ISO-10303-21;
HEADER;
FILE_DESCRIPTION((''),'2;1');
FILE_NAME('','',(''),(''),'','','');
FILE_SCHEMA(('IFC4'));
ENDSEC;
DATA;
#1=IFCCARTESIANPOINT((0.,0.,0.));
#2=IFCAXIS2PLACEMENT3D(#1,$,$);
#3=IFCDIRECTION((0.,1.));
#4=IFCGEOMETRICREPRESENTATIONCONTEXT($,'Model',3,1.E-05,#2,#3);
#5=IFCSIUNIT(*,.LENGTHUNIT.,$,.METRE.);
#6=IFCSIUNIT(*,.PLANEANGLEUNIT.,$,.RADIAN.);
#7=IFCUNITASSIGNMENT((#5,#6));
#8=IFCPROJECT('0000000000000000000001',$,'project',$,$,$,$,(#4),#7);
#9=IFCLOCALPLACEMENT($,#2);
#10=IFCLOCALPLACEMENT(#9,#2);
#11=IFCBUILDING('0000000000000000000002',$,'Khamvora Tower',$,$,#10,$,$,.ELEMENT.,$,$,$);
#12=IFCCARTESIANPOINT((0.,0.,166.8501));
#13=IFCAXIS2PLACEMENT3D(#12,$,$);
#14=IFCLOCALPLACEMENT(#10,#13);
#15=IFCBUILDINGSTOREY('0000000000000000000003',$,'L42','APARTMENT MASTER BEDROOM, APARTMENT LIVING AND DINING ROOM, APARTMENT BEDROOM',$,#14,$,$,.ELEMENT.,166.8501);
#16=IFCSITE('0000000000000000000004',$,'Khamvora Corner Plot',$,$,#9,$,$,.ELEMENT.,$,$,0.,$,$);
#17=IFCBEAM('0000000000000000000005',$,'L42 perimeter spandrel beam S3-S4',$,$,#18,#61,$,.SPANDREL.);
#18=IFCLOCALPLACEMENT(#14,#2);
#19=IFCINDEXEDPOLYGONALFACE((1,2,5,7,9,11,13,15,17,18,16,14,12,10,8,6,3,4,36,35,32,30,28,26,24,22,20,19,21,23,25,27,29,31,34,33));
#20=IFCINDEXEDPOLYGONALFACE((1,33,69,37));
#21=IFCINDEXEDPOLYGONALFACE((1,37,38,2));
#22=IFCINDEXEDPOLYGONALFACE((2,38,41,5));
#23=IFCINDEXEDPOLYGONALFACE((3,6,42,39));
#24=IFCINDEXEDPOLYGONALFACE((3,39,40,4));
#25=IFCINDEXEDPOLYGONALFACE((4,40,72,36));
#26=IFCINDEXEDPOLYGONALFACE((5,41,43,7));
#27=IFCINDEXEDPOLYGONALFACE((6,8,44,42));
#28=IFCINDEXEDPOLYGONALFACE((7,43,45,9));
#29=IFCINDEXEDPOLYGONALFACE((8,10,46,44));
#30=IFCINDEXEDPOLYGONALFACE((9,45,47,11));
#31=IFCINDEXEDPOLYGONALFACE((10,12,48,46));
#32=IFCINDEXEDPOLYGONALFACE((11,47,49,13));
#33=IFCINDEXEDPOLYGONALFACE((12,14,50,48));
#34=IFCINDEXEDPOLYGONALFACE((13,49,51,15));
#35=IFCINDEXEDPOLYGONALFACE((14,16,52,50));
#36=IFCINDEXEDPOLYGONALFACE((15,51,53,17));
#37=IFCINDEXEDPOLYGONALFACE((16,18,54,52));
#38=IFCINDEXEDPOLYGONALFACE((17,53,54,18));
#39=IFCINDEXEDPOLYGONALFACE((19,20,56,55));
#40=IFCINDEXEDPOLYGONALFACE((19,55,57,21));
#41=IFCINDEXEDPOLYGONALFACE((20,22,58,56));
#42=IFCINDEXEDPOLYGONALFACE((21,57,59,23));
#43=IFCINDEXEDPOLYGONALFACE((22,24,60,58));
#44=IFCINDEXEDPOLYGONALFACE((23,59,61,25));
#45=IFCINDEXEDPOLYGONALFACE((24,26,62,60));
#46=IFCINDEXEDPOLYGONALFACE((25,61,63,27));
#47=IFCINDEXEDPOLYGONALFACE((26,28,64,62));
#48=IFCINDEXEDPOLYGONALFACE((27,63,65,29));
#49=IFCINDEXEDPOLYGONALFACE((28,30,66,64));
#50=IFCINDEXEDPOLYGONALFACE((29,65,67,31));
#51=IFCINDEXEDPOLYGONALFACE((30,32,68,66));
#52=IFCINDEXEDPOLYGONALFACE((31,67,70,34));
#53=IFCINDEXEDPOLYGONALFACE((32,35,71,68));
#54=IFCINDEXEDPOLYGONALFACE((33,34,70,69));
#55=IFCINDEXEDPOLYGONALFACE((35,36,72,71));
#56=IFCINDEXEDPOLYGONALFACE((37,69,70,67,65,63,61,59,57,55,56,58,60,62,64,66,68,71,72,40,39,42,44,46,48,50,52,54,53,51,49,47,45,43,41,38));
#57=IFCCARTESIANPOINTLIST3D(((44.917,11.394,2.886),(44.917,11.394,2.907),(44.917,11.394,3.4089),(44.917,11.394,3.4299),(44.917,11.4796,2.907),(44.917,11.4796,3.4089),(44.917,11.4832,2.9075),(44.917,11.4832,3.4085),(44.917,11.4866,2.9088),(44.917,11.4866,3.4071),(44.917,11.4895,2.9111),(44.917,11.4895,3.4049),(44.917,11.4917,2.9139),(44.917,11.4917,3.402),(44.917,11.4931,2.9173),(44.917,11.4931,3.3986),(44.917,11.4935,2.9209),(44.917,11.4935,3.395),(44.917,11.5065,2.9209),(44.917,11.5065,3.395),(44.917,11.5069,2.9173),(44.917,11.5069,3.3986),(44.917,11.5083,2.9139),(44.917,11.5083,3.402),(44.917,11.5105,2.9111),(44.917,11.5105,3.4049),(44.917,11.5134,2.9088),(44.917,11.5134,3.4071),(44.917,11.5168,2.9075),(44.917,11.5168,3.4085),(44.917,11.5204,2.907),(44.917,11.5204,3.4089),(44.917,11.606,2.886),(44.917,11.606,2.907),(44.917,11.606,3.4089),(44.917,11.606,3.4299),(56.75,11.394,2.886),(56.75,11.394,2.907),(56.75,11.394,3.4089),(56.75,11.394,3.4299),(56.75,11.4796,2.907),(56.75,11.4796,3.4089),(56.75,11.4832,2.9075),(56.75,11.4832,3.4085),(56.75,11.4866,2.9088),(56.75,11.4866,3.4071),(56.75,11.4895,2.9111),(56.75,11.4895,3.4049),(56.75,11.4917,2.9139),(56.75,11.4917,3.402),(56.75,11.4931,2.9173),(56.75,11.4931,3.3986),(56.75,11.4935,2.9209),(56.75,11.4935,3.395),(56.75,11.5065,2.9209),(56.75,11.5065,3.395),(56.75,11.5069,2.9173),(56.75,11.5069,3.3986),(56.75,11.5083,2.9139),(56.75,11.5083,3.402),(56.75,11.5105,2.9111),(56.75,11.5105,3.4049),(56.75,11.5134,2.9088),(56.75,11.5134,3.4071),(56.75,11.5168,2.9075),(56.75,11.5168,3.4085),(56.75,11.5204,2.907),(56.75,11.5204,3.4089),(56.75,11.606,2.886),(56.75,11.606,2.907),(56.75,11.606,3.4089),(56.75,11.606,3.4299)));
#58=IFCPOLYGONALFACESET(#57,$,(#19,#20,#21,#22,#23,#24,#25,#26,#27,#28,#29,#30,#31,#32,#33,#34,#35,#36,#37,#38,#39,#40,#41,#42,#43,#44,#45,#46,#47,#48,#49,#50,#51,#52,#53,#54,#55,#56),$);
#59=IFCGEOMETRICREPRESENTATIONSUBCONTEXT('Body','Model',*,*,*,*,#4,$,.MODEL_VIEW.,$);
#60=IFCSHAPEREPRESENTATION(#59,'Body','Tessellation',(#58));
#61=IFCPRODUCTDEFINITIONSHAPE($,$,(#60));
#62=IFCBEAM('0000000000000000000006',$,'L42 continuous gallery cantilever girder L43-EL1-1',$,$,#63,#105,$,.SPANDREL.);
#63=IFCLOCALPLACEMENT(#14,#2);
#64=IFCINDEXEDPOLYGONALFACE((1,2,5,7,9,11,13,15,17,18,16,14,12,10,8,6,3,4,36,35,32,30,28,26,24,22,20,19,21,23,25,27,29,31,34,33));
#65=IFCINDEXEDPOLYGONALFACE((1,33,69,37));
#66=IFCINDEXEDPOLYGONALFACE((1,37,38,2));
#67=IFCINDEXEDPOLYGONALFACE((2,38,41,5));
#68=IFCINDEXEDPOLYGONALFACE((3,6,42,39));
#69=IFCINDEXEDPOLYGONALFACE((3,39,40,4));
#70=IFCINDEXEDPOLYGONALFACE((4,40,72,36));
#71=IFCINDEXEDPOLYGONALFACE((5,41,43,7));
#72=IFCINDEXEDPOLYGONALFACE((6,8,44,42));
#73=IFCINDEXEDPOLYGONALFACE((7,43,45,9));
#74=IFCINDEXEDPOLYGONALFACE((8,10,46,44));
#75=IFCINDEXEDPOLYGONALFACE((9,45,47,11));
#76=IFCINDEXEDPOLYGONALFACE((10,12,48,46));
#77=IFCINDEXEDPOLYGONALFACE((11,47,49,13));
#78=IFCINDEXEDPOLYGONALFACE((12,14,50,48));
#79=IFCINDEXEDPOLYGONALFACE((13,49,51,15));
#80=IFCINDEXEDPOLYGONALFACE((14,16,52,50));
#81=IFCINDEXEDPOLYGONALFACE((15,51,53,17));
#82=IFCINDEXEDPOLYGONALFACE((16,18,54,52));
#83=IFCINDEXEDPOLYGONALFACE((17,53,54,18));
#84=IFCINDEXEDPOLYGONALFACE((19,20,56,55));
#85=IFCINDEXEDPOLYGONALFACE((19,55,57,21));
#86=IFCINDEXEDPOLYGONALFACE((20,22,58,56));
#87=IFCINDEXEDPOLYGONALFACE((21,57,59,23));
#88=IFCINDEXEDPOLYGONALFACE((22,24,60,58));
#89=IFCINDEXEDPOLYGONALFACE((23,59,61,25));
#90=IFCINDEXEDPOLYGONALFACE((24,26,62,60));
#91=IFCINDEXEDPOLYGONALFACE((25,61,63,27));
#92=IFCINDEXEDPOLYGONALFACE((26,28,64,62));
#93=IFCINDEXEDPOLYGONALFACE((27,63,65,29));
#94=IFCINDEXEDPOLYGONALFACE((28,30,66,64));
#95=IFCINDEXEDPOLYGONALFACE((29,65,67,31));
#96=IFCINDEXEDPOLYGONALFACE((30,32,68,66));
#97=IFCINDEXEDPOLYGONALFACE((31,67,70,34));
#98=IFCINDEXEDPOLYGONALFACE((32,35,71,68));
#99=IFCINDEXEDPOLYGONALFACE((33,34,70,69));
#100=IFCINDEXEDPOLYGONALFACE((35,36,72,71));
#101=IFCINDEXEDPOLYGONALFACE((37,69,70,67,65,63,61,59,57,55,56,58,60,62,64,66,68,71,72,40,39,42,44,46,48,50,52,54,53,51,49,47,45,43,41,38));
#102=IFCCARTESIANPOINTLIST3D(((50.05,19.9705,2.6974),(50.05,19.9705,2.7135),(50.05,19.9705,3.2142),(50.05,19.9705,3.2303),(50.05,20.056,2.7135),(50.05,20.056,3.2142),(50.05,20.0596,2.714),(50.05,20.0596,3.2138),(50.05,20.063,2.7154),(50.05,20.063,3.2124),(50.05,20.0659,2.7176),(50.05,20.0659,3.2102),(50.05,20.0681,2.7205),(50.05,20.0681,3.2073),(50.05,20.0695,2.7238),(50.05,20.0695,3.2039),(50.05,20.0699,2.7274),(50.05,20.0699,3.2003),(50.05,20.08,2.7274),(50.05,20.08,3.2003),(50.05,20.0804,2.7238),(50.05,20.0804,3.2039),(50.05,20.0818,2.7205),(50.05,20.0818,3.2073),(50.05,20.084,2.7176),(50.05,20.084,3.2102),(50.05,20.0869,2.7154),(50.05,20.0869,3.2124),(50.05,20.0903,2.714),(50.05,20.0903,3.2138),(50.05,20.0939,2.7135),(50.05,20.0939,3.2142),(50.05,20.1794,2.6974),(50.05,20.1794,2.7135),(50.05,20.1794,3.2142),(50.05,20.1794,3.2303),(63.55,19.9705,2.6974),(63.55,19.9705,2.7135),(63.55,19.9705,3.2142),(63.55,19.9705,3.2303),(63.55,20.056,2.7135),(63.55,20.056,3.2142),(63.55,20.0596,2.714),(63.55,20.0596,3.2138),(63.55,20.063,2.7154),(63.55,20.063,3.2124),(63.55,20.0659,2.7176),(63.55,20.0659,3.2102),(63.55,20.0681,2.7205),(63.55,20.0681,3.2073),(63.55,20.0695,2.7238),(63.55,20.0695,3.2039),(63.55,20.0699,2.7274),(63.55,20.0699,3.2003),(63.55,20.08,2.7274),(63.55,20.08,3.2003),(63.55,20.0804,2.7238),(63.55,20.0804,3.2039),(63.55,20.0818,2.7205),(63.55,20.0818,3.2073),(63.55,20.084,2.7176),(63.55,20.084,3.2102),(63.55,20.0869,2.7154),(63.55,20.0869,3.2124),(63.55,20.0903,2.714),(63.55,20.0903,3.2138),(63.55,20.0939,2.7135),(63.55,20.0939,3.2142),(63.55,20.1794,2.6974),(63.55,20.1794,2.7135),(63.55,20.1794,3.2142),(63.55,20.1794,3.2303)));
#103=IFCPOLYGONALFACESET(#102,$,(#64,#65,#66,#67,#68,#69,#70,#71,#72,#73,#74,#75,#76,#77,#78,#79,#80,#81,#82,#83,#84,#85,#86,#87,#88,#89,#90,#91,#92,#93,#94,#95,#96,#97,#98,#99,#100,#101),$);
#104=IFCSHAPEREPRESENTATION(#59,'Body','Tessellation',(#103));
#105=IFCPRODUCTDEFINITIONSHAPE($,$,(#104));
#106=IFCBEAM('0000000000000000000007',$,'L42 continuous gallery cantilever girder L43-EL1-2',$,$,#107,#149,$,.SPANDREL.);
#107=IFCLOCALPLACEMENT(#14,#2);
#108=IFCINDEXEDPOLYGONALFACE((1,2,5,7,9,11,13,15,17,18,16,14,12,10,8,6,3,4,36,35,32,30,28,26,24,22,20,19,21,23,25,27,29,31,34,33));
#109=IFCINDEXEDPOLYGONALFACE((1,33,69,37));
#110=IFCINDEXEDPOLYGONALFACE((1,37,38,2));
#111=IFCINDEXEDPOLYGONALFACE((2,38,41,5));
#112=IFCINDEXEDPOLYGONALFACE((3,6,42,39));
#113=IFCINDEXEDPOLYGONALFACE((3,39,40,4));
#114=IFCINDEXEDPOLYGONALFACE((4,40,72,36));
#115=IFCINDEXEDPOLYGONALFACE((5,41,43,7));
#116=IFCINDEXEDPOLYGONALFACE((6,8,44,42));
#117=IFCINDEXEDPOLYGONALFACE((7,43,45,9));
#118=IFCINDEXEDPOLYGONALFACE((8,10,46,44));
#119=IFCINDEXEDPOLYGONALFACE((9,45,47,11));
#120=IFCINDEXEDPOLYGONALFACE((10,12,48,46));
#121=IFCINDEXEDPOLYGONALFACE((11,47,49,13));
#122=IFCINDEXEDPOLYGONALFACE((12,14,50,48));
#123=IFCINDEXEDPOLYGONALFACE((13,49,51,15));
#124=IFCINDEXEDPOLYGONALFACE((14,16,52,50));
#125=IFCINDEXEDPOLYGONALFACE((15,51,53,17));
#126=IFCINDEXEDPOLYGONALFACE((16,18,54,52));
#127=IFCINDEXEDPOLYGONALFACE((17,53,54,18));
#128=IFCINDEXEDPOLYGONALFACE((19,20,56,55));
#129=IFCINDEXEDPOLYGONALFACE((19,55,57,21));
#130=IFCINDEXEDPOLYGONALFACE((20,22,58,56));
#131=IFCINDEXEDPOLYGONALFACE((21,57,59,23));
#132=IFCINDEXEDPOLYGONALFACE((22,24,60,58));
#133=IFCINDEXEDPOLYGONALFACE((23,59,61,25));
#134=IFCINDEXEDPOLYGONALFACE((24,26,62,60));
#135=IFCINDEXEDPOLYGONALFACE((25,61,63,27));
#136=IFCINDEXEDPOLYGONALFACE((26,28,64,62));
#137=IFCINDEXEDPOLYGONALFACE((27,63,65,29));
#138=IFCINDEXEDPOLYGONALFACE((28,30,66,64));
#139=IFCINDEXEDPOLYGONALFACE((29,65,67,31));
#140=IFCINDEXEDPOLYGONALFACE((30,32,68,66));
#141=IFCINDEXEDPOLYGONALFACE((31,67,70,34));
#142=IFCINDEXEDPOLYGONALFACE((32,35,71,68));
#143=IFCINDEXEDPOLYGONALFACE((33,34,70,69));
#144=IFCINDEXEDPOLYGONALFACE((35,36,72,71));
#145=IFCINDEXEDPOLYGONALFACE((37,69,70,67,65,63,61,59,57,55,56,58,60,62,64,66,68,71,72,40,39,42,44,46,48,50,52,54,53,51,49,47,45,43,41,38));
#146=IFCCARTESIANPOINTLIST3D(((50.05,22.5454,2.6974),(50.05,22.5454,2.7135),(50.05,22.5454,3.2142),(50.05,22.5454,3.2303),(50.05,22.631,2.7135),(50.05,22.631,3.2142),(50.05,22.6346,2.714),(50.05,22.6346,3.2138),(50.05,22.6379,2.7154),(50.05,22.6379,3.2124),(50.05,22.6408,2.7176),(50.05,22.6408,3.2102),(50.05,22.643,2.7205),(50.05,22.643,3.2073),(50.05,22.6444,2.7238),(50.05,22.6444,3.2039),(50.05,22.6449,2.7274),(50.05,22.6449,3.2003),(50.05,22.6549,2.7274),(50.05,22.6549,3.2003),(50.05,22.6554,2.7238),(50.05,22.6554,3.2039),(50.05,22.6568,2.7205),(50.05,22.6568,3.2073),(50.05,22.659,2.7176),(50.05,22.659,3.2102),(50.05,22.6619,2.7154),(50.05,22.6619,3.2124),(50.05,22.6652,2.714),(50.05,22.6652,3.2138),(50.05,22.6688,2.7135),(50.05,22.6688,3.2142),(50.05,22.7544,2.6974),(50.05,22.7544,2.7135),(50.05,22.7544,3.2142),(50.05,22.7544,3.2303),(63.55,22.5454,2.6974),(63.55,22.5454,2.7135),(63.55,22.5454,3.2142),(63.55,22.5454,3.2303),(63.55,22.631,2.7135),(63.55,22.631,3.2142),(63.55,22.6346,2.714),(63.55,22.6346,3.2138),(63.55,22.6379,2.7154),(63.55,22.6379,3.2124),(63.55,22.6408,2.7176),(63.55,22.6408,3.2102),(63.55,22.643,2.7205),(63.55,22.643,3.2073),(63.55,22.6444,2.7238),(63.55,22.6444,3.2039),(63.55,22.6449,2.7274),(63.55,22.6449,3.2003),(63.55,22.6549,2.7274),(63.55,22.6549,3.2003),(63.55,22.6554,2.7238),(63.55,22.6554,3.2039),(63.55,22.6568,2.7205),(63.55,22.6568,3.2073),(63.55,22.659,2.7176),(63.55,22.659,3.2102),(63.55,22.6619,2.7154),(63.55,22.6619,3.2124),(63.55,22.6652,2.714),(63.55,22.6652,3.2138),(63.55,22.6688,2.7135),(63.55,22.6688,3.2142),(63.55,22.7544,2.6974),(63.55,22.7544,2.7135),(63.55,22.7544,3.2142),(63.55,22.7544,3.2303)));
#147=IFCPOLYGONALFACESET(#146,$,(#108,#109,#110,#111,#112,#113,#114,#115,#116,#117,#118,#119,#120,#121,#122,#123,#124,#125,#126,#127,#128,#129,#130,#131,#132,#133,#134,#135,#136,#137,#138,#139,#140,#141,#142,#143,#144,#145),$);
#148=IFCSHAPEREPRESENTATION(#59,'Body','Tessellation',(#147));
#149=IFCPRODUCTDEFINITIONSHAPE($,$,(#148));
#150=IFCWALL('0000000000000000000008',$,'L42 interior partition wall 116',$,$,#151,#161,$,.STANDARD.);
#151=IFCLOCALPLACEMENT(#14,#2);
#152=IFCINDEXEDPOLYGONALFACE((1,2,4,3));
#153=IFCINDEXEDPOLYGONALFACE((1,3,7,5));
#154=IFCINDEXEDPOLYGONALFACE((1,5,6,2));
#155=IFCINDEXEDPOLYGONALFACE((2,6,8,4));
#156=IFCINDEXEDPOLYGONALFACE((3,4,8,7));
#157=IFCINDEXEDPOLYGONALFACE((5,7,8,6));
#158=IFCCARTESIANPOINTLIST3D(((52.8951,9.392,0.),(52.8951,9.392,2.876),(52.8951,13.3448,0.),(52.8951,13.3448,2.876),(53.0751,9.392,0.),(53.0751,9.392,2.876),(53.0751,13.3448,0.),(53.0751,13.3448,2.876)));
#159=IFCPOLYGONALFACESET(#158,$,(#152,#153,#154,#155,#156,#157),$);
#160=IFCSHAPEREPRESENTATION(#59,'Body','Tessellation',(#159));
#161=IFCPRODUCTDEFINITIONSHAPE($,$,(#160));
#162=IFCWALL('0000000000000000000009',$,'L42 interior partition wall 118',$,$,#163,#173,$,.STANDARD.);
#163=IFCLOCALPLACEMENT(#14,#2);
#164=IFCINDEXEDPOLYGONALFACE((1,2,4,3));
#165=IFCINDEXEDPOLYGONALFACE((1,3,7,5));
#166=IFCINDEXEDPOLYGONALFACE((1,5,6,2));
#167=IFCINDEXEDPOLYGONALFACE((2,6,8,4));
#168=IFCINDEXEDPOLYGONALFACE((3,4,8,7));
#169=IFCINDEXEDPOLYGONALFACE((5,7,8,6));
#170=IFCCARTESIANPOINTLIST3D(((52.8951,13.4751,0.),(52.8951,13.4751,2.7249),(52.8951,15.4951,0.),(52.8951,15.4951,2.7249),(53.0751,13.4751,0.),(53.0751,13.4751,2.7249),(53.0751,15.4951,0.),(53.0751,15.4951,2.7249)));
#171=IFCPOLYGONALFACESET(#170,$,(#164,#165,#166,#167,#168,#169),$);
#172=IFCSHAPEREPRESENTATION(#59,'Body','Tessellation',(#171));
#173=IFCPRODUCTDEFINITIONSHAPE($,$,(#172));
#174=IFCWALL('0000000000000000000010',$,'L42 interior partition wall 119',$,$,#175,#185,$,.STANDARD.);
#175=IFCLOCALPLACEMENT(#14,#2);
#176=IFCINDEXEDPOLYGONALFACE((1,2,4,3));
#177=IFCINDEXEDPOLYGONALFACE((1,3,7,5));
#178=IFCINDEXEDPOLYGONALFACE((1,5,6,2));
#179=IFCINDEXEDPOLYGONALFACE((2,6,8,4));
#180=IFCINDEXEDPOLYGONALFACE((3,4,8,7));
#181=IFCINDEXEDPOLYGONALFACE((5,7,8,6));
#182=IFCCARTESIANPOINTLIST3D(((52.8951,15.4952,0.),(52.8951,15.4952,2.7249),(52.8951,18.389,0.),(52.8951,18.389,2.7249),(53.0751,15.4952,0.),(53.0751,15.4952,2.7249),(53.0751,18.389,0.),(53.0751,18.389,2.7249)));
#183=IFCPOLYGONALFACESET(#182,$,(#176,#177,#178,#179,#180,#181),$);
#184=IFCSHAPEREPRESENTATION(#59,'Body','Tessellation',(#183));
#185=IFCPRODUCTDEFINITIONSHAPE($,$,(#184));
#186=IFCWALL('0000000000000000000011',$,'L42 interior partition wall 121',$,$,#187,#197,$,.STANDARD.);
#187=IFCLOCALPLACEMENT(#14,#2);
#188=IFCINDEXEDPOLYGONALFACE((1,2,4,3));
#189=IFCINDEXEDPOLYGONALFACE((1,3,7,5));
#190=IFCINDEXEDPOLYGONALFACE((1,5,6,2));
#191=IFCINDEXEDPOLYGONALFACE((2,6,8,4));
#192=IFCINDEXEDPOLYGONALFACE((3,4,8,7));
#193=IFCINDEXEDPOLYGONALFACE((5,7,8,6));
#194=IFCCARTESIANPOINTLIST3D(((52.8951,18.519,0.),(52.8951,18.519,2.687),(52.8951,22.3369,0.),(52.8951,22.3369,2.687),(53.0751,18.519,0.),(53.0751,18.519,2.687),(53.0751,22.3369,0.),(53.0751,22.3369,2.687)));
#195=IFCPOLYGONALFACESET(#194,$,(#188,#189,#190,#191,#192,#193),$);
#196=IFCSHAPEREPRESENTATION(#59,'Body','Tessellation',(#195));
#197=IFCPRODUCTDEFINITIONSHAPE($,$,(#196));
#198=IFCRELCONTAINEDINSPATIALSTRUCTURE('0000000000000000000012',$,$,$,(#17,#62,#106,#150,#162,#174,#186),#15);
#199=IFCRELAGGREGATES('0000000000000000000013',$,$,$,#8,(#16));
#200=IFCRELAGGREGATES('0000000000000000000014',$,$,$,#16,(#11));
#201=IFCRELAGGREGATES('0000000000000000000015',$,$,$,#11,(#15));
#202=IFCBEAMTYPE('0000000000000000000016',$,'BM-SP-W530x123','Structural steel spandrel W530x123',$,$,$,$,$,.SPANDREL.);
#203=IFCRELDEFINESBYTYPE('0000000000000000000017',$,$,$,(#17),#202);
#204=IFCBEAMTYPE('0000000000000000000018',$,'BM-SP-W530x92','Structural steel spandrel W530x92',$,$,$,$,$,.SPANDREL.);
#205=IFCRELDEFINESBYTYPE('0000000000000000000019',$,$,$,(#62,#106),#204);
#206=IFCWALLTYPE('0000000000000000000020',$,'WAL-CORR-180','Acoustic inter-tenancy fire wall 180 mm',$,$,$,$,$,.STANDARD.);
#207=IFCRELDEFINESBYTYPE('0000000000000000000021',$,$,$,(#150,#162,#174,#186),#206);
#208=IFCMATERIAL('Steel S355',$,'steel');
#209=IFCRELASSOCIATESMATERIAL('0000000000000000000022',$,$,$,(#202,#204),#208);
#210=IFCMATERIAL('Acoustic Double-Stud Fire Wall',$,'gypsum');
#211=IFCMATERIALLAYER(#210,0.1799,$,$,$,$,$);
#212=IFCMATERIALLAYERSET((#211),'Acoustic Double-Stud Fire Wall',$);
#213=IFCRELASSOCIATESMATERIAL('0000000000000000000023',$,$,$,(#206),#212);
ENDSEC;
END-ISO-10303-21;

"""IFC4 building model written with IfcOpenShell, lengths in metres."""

from ifc_helpers import new_model, si_unit, direction, frame, frame_2d, origin, origin_2d, place, context, subcontext, project, spatial, rectangle, i_section, extrude, material, layer, layer_set, material_profile, profile_set, type_object, element, save


model = new_model("IFC4")

# Units and contexts
model_context = context("Model", 3, precision=1e-05, world=origin(), true_north=direction((0.0, 1.0)))
body_context = subcontext(model_context, "Body", "Model", "MODEL_VIEW")
ifc_project = project(units=[si_unit("LENGTHUNIT", "METRE"), si_unit("PLANEANGLEUNIT", "RADIAN")], contexts=[model_context])

# Site, building, storey
site_placement = place(None, origin())
site = spatial("IfcSite", under=ifc_project, at=site_placement, Name="Khamvora Corner Plot", CompositionType="ELEMENT", RefElevation=0.0)
building_placement = place(site_placement, origin())
building = spatial("IfcBuilding", under=site, at=building_placement, Name="Khamvora Tower", CompositionType="ELEMENT")
storey_placement = place(building_placement, frame((0.0, 0.0, 166.8501)))
storey = spatial("IfcBuildingStorey", under=building, at=storey_placement, Name="L42", Description="APARTMENT MASTER BEDROOM, APARTMENT LIVING AND DINING ROOM, APARTMENT BEDROOM", CompositionType="ELEMENT", Elevation=166.8501)

# Shared definitions
ifc_material_1 = material(Name="Steel S355", Category="steel")

# Beams
ifc_material_profile_1 = material_profile(ifc_material_1, i_section(OverallWidth=0.2119, OverallDepth=0.5439, WebThickness=0.0129, FlangeThickness=0.021, FilletRadius=0.0139, at=origin_2d()), Name="W530x123")
ifc_profile_set_1 = profile_set([ifc_material_profile_1], Name="Steel S355")
beam_type_1 = type_object("IfcBeamType", Name="BM-SP-W530x123", Description="Structural steel spandrel W530x123", PredefinedType="SPANDREL", material=ifc_profile_set_1)
beam_1_placement = place(storey_placement, frame((44.917, 11.5, 3.158), z_axis=(1.0, 0.0, 0.0), x_axis=(0.0, 1.0, 0.0)))
element("IfcBeam", 1, at=beam_1_placement, inside=storey, type_object=beam_type_1, Name="L42 perimeter spandrel beam S3-S4", PredefinedType="SPANDREL", context=body_context, shape_type="SweptSolid", body=[
    extrude(i_section(OverallWidth=0.2119, OverallDepth=0.5439, WebThickness=0.0129, FlangeThickness=0.021, FilletRadius=0.0139, at=origin_2d()), origin(), (0.0, 0.0, 1.0), 11.833),
])
ifc_material_profile_2 = material_profile(ifc_material_1, i_section(OverallWidth=0.209, OverallDepth=0.533, WebThickness=0.01, FlangeThickness=0.0161, FilletRadius=0.0139, at=origin_2d()), Name="W530x92")
ifc_profile_set_2 = profile_set([ifc_material_profile_2], Name="Steel S355")
beam_type_2 = type_object("IfcBeamType", Name="BM-SP-W530x92", Description="Structural steel spandrel W530x92", PredefinedType="SPANDREL", material=ifc_profile_set_2)
for number, where, z_axis, x_axis, name in (
    (2, (50.05, 20.075, 2.9639), (1.0, 0.0, 0.0), (0.0, 1.0, 0.0), "L42 continuous gallery cantilever girder L43-EL1-1"),
    (3, (50.05, 22.6499, 2.9639), (1.0, 0.0, 0.0), (0.0, 1.0, 0.0), "L42 continuous gallery cantilever girder L43-EL1-2"),
):
    element("IfcBeam", number, at=place(storey_placement, frame(where, z_axis=z_axis, x_axis=x_axis)), inside=storey, type_object=beam_type_2, Name=name, PredefinedType="SPANDREL", context=body_context, shape_type="SweptSolid", body=[
        extrude(i_section(OverallWidth=0.209, OverallDepth=0.533, WebThickness=0.01, FlangeThickness=0.0161, FilletRadius=0.0139, at=origin_2d()), origin(), (0.0, 0.0, 1.0), 13.5),
    ])

# Walls
ifc_material_2 = material(Name="Acoustic Double-Stud Fire Wall", Category="gypsum")
ifc_layer_1 = layer(ifc_material_2, 0.1799)
ifc_layer_set_1 = layer_set([ifc_layer_1], Name="Acoustic Double-Stud Fire Wall")
wall_type_1 = type_object("IfcWallType", Name="WAL-CORR-180", Description="Acoustic inter-tenancy fire wall 180 mm", PredefinedType="STANDARD", material=ifc_layer_set_1)
wall_1_placement = place(storey_placement, frame((52.9851, 13.345, 0.0), z_axis=(0.0, 0.0, 1.0), x_axis=(0.0, -1.0, 0.0)))
element("IfcWall", 4, at=wall_1_placement, inside=storey, type_object=wall_type_1, Name="L42 interior partition wall 116", PredefinedType="STANDARD", context=body_context, shape_type="SweptSolid", body=[
    extrude(rectangle(XDim=3.9529, YDim=0.1799, at=frame_2d((1.9766, 0.0))), origin(), (0.0, 0.0, 1.0), 2.876),
])
wall_2_placement = place(storey_placement, frame((52.9851, 15.4951, 0.0), z_axis=(0.0, 0.0, 1.0), x_axis=(0.0, -1.0, 0.0)))
element("IfcWall", 5, at=wall_2_placement, inside=storey, type_object=wall_type_1, Name="L42 interior partition wall 118", PredefinedType="STANDARD", context=body_context, shape_type="SweptSolid", body=[
    extrude(rectangle(XDim=2.02, YDim=0.1799, at=frame_2d((1.01, 0.0))), origin(), (0.0, 0.0, 1.0), 2.7249),
])
wall_3_placement = place(storey_placement, frame((52.9851, 18.3889, 0.0), z_axis=(0.0, 0.0, 1.0), x_axis=(0.0, -1.0, 0.0)))
element("IfcWall", 6, at=wall_3_placement, inside=storey, type_object=wall_type_1, Name="L42 interior partition wall 119", PredefinedType="STANDARD", context=body_context, shape_type="SweptSolid", body=[
    extrude(rectangle(XDim=2.8938, YDim=0.1799, at=frame_2d((1.4468, 0.0))), origin(), (0.0, 0.0, 1.0), 2.7249),
])
wall_4_placement = place(storey_placement, frame((52.9851, 22.3369, 0.0), z_axis=(0.0, 0.0, 1.0), x_axis=(0.0, -1.0, 0.0)))
element("IfcWall", 7, at=wall_4_placement, inside=storey, type_object=wall_type_1, Name="L42 interior partition wall 121", PredefinedType="STANDARD", context=body_context, shape_type="SweptSolid", body=[
    extrude(rectangle(XDim=3.8179, YDim=0.1799, at=frame_2d((1.9089, 0.0))), origin(), (0.0, 0.0, 1.0), 2.687),
])

save(model, "model.ifc")
